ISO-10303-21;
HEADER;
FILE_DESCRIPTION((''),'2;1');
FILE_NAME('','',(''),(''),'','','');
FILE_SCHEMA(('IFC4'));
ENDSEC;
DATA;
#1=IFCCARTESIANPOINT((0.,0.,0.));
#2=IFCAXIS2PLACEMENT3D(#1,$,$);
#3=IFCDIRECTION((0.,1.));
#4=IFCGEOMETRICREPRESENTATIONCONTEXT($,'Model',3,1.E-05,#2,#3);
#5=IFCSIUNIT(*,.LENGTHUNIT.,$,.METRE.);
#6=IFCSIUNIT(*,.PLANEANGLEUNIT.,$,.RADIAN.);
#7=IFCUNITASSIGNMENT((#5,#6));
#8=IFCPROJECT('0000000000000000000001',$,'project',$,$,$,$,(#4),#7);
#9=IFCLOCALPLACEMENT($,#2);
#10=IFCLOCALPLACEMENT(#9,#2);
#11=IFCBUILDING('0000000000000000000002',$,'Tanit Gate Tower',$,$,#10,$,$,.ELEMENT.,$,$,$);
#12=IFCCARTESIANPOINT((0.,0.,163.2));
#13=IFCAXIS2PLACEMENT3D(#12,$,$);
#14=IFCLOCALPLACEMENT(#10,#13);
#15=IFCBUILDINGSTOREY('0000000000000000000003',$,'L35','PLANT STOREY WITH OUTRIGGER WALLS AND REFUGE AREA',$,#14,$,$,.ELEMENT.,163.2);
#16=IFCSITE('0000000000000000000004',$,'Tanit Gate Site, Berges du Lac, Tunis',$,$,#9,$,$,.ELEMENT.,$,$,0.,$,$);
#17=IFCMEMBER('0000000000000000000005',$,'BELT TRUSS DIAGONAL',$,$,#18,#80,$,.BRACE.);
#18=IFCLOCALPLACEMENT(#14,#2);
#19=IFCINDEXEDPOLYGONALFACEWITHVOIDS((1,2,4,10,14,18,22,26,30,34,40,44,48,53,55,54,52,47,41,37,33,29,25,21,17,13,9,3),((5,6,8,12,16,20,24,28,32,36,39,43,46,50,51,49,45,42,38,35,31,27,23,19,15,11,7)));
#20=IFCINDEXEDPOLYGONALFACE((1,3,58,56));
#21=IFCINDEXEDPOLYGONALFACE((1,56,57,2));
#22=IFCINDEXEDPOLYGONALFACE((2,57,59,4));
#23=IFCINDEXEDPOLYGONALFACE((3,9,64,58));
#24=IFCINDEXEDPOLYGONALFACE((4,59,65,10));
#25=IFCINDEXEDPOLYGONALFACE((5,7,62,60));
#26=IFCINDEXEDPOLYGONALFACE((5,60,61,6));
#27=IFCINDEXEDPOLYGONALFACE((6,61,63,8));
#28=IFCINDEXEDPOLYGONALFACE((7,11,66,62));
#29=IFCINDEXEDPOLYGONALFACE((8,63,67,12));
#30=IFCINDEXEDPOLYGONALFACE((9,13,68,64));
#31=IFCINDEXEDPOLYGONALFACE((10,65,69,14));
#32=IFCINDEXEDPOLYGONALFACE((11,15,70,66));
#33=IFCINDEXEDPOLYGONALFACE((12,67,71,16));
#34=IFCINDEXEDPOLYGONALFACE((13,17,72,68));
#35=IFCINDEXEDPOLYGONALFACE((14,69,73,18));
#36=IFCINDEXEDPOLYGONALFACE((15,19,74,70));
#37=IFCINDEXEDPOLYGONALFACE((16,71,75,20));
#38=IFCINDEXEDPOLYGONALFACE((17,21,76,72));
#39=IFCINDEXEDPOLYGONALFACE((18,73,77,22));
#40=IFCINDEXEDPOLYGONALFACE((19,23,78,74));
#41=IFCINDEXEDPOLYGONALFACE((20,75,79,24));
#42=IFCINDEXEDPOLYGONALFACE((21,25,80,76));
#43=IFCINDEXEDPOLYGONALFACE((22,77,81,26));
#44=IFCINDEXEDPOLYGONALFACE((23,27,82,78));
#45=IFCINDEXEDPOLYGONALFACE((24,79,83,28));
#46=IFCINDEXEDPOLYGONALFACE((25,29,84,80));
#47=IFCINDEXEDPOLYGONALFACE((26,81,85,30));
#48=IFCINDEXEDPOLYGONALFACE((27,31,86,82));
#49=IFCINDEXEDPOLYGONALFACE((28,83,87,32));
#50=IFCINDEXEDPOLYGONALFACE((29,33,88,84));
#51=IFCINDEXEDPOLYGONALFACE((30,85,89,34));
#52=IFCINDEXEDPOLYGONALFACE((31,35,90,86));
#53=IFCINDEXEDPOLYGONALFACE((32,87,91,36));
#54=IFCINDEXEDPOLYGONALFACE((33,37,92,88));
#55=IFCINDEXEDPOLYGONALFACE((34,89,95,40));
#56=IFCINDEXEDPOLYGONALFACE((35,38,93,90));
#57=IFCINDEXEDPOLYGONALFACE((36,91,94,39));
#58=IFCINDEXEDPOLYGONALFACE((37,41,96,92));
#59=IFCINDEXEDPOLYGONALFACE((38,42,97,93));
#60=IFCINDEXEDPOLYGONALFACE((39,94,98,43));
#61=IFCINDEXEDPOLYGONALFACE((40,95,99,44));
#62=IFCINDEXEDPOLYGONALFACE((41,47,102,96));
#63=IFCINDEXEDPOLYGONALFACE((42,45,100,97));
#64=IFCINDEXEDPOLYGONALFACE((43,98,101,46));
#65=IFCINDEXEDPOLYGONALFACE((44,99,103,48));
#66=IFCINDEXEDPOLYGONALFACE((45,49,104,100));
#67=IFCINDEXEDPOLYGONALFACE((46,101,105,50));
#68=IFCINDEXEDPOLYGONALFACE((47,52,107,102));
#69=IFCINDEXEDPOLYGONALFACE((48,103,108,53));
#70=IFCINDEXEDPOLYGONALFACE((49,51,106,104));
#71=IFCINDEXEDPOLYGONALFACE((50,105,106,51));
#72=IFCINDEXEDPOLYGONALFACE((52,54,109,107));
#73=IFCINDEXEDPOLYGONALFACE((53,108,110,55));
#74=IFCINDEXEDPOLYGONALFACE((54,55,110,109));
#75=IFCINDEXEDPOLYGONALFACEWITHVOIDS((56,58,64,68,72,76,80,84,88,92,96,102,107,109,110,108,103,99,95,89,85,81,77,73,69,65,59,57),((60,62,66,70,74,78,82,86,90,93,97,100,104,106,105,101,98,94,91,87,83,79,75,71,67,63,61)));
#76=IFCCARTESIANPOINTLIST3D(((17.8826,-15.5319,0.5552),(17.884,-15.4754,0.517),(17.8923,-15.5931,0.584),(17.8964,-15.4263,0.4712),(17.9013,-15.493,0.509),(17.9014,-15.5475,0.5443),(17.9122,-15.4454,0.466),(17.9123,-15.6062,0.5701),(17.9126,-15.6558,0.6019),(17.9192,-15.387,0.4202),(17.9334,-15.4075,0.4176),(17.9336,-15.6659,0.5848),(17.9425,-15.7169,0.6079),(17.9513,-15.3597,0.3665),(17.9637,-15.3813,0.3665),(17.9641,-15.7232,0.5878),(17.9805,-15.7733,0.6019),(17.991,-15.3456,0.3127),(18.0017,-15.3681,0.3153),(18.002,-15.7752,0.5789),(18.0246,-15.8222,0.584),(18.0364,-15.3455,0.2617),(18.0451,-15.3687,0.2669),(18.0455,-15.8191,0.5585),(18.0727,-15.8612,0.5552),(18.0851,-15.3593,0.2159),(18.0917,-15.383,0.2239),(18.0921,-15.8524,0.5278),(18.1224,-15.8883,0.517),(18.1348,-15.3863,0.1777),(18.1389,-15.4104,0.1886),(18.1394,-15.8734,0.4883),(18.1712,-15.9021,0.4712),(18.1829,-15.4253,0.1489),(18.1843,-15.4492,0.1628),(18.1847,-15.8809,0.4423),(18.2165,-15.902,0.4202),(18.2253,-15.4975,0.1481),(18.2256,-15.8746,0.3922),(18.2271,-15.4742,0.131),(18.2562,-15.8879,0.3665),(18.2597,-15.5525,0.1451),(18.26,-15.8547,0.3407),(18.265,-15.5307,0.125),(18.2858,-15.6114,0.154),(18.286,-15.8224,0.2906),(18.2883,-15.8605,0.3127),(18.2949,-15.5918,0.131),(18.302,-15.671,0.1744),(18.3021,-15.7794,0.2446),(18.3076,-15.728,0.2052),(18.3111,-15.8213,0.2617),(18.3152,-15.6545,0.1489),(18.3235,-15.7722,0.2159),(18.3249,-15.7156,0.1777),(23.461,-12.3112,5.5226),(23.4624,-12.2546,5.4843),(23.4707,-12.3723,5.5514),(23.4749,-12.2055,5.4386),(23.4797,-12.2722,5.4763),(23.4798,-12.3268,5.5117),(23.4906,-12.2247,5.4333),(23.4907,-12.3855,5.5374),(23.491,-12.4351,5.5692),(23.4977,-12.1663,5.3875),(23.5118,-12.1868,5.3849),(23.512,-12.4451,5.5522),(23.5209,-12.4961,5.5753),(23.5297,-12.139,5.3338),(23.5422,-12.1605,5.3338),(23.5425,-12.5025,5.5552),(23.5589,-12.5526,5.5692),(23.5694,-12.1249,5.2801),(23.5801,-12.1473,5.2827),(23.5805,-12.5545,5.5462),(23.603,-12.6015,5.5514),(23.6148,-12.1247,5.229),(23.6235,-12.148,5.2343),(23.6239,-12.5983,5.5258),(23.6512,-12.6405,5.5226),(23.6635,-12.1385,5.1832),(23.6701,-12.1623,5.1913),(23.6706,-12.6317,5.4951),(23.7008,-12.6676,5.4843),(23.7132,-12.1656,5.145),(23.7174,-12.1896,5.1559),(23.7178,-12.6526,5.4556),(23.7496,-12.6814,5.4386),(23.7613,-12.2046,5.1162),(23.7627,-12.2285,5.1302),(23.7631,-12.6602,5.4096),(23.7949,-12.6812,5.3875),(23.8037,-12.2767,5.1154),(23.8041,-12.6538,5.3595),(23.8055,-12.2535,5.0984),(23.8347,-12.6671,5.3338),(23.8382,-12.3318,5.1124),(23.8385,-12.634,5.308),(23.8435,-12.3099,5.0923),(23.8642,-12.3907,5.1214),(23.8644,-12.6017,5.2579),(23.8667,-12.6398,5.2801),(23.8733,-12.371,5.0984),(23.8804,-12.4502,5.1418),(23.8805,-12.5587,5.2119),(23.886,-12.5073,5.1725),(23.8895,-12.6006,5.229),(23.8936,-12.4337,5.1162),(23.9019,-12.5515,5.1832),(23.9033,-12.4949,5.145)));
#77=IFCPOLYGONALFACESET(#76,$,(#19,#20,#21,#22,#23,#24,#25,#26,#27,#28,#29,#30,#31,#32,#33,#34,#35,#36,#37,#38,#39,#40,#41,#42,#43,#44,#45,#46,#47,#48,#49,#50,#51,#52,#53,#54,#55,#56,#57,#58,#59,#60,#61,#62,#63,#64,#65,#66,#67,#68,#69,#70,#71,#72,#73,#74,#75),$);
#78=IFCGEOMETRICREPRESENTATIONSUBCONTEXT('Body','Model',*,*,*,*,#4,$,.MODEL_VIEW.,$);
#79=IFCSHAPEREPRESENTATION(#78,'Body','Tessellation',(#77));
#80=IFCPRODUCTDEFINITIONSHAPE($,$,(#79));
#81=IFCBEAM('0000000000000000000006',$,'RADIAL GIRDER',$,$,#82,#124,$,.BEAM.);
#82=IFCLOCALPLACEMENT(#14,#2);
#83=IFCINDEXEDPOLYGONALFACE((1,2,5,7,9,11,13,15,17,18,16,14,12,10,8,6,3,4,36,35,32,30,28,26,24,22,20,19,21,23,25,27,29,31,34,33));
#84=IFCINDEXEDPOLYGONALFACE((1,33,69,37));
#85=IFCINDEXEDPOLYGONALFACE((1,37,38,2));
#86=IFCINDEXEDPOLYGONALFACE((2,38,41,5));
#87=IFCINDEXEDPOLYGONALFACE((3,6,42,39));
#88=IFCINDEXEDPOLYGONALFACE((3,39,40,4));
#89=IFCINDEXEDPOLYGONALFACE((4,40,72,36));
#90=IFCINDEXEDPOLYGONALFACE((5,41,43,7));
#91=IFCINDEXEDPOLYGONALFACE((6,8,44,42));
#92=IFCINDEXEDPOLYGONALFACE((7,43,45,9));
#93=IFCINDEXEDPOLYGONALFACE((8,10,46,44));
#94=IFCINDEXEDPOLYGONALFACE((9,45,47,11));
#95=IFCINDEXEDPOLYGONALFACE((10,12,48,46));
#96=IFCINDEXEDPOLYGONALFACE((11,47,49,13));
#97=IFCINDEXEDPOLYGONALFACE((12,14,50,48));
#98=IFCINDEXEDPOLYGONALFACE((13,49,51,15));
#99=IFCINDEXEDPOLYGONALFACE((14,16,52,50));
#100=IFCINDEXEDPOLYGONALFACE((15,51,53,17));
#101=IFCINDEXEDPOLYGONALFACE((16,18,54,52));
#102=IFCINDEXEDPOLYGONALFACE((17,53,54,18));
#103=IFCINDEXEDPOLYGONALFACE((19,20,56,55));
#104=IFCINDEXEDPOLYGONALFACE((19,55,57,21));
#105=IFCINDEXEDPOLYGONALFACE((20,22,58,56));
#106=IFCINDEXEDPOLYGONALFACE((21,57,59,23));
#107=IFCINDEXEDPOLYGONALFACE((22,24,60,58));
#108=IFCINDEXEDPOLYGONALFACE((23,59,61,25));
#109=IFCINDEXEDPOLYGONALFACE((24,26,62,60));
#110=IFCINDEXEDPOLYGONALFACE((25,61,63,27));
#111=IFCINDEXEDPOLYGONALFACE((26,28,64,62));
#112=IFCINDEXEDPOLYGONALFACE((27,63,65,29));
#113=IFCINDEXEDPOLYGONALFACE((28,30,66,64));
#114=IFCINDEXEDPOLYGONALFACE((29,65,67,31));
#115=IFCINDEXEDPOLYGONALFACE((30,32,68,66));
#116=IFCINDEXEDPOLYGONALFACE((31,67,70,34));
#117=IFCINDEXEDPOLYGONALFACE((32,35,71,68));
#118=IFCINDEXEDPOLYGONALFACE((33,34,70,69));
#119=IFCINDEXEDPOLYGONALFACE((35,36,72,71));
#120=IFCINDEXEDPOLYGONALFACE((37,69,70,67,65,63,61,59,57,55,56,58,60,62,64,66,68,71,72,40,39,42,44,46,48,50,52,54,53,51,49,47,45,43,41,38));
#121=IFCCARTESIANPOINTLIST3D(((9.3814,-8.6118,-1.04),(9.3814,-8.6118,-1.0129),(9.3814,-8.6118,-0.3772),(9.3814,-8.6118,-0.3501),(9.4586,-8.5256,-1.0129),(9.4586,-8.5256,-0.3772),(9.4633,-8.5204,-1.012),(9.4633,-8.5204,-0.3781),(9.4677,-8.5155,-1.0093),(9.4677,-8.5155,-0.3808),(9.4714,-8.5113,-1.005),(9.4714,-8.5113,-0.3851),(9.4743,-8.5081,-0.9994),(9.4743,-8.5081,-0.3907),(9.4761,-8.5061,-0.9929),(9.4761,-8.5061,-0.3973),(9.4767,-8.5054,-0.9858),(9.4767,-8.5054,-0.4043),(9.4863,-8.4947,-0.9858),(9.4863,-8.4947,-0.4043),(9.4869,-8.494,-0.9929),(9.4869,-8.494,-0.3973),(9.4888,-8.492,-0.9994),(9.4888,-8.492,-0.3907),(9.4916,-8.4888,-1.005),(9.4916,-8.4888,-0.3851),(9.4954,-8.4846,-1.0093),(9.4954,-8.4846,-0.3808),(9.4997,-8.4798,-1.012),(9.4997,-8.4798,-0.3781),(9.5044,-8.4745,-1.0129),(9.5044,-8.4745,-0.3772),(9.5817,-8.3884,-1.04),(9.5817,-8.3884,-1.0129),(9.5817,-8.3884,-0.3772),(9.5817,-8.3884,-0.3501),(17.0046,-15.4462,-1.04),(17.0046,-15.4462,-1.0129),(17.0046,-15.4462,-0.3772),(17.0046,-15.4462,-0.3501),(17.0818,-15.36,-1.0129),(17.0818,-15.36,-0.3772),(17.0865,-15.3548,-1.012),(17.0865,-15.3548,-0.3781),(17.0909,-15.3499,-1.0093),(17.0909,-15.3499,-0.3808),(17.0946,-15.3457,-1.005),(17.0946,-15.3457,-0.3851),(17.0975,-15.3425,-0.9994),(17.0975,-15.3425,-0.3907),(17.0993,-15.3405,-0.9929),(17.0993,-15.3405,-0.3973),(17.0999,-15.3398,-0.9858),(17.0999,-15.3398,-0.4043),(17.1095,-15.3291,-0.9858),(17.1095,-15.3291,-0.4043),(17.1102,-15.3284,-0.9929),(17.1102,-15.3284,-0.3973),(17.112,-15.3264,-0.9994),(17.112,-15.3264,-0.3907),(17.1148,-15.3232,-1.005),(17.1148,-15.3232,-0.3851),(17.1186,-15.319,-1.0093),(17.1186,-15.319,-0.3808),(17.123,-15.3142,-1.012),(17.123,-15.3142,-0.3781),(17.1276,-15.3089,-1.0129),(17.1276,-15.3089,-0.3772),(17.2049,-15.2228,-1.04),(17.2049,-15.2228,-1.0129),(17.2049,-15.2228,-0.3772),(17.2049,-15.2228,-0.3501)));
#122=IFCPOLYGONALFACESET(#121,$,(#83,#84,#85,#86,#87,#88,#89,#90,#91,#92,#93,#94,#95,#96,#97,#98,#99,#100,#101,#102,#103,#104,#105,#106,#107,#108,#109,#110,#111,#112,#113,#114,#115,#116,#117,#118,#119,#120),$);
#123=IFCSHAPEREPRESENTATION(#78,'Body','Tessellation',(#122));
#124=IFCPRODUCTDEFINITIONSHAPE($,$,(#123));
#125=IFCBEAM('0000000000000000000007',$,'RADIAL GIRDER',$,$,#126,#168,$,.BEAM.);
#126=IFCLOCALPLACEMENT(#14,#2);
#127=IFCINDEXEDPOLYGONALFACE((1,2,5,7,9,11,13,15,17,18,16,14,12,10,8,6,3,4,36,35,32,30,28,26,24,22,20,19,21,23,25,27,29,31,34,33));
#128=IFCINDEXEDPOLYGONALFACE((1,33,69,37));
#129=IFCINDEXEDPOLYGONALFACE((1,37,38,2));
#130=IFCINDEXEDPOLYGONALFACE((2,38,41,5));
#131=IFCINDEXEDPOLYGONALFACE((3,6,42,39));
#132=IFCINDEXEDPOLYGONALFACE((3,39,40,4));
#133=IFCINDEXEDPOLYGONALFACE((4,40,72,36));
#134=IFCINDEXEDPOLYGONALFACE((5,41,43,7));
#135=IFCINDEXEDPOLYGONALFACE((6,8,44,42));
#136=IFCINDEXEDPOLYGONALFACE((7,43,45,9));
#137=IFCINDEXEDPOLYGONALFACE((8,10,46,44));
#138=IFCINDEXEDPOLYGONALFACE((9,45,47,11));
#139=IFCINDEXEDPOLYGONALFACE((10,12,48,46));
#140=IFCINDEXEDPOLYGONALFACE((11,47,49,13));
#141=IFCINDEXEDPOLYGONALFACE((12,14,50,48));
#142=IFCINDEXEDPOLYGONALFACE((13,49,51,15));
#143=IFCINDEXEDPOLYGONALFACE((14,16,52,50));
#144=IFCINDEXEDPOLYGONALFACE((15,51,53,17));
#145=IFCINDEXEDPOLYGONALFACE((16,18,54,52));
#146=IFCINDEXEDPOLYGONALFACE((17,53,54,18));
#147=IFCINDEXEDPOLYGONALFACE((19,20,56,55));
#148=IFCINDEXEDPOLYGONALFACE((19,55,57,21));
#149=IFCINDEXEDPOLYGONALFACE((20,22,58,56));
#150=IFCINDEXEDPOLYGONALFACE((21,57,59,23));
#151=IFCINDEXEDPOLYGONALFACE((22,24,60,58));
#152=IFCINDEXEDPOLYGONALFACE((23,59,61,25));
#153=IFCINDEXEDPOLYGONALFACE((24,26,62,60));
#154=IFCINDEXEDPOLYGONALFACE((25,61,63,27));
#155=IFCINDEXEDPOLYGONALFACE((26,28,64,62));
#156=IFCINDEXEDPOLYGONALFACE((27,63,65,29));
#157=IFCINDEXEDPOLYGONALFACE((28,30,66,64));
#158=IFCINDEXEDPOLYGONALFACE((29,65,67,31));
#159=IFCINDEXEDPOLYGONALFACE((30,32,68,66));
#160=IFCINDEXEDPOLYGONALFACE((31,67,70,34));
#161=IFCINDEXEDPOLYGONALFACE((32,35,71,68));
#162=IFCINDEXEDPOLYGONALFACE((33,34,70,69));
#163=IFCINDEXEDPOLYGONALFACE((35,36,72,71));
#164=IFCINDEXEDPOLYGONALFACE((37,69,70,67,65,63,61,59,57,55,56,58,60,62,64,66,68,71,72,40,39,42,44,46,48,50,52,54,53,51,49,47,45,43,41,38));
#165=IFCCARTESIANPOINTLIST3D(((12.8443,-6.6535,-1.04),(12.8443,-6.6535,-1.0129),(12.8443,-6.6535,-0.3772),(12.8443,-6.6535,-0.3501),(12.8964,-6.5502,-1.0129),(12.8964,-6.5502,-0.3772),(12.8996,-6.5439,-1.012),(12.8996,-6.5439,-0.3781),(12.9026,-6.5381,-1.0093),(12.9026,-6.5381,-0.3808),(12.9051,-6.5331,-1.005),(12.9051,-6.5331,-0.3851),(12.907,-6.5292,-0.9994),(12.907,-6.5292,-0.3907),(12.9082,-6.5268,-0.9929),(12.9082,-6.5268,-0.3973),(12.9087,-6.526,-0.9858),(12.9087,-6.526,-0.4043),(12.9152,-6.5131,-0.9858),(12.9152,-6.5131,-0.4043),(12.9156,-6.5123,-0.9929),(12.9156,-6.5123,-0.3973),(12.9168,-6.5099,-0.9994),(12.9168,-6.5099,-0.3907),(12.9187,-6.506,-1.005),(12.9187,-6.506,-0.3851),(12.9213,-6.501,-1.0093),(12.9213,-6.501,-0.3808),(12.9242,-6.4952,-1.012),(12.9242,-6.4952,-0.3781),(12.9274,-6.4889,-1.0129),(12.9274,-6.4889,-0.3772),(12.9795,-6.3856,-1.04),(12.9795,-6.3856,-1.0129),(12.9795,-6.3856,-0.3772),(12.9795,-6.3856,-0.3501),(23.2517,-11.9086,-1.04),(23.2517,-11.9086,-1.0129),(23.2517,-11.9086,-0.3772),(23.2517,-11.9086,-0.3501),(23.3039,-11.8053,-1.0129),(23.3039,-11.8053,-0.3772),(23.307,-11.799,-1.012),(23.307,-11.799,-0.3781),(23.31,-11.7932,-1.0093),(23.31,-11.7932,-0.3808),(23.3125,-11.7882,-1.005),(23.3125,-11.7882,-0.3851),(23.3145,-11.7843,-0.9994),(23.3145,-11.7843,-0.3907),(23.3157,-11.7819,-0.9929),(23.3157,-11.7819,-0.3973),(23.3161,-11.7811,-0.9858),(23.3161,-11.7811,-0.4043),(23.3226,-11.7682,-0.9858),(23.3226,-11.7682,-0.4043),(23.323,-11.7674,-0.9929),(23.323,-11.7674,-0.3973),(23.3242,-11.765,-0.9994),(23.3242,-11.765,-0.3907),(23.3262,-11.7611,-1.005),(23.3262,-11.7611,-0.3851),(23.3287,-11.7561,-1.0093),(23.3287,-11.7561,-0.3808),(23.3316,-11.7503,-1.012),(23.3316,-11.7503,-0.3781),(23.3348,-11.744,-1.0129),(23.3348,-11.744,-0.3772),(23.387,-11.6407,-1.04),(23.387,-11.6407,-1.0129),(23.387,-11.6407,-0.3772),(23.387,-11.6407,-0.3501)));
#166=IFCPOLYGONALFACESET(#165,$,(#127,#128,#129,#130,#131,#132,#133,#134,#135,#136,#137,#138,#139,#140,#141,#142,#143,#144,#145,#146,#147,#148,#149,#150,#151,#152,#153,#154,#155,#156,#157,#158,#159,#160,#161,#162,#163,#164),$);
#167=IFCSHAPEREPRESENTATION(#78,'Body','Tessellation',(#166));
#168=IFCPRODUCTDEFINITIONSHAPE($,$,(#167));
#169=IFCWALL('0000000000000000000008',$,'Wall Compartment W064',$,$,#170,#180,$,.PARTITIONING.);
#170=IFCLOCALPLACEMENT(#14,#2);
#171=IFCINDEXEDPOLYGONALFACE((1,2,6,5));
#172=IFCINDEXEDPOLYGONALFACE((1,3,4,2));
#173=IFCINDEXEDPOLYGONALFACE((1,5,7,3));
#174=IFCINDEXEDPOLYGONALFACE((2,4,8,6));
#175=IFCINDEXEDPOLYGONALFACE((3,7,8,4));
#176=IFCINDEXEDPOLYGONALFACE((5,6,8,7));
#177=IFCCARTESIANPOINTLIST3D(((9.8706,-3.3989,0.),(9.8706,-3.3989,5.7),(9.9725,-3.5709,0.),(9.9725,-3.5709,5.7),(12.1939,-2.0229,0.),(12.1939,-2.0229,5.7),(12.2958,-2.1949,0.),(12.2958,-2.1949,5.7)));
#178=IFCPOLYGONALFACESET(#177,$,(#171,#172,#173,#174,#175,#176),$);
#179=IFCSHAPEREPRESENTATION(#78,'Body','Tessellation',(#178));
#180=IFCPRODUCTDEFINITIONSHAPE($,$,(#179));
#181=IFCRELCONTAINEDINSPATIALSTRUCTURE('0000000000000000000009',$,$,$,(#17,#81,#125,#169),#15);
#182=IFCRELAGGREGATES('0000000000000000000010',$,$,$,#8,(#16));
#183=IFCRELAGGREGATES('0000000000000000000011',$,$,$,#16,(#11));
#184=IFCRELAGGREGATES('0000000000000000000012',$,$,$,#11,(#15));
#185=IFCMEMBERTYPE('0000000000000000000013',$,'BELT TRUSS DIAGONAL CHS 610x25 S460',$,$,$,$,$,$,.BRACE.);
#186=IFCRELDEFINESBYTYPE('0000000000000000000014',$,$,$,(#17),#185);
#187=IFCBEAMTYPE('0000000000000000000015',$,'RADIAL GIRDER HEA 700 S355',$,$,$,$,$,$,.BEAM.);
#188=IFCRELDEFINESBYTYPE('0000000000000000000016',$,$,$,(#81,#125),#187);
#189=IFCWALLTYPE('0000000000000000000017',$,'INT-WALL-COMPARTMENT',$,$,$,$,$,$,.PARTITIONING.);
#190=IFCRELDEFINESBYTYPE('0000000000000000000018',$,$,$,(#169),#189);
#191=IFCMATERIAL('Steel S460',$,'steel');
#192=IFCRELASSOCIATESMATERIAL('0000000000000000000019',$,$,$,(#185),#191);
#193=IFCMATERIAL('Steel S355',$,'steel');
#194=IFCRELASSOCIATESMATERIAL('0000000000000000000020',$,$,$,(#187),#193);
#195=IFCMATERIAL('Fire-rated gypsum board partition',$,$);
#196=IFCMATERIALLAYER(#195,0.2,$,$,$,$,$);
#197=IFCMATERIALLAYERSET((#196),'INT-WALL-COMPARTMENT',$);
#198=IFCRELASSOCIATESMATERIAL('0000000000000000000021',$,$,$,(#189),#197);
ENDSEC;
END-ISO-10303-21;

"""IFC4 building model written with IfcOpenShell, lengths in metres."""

from ifc_helpers import new_model, si_unit, direction, frame, frame_2d, origin, origin_2d, place, context, subcontext, project, spatial, rectangle, hollow_circle, i_section, extrude, material, layer, layer_set, material_profile, profile_set, type_object, element, save


model = new_model("IFC4")

# Units and contexts
model_context = context("Model", 3, precision=1e-05, world=origin(), true_north=direction((0.0, 1.0)))
body_context = subcontext(model_context, "Body", "Model", "MODEL_VIEW")
ifc_project = project(units=[si_unit("LENGTHUNIT", "METRE"), si_unit("PLANEANGLEUNIT", "RADIAN")], contexts=[model_context])

# Site, building, storey
site_placement = place(None, origin())
site = spatial("IfcSite", under=ifc_project, at=site_placement, Name="Tanit Gate Site, Berges du Lac, Tunis", CompositionType="ELEMENT", RefElevation=0.0)
building_placement = place(site_placement, origin())
building = spatial("IfcBuilding", under=site, at=building_placement, Name="Tanit Gate Tower", CompositionType="ELEMENT")
storey_placement = place(building_placement, frame((0.0, 0.0, 163.2)))
storey = spatial("IfcBuildingStorey", under=building, at=storey_placement, Name="L35", Description="PLANT STOREY WITH OUTRIGGER WALLS AND REFUGE AREA", CompositionType="ELEMENT", Elevation=163.2)

# Member
ifc_material_1 = material(Name="Steel S460", Category="steel")
ifc_material_profile_1 = material_profile(ifc_material_1, hollow_circle(Radius=0.3049, WallThickness=0.0249, at=origin_2d()), Name="CHS 610x25")
ifc_profile_set_1 = profile_set([ifc_material_profile_1], Name="Steel S460")
member_type = type_object("IfcMemberType", Name="BELT TRUSS DIAGONAL CHS 610x25 S460", PredefinedType="BRACE", material=ifc_profile_set_1)
for number, where, z_axis, x_axis, name in (
    (1, (18.1038, -15.6238, 0.3665), (0.685793, 0.395946, 0.610667), (-0.500004, 0.866023, 0.0), "BELT TRUSS DIAGONAL"),
):
    element("IfcMember", number, at=place(storey_placement, frame(where, z_axis=z_axis, x_axis=x_axis)), inside=storey, type_object=member_type, Name=name, PredefinedType="BRACE", context=body_context, shape_type="SweptSolid", body=[
        extrude(hollow_circle(Radius=0.3049, WallThickness=0.0249, at=origin_2d()), origin(), (0.0, 0.0, 1.0), 8.1343),
    ])

# Beams
ifc_material_2 = material(Name="Steel S355", Category="steel")
ifc_material_profile_2 = material_profile(ifc_material_2, i_section(OverallWidth=0.3, OverallDepth=0.6899, WebThickness=0.0144, FlangeThickness=0.0271, FilletRadius=0.0271, at=origin_2d()), Name="HEA 700")
ifc_profile_set_2 = profile_set([ifc_material_profile_2], Name="Steel S355")
beam_type_1 = type_object("IfcBeamType", Name="RADIAL GIRDER HEA 700 S355", PredefinedType="BEAM", material=ifc_profile_set_2)
beam_1_placement = place(storey_placement, frame((17.1047, -15.3345, -0.6951), z_axis=(-0.744579, 0.667534, 0.0), x_axis=(-0.667534, -0.744579, 0.0)))
element("IfcBeam", 2, at=beam_1_placement, inside=storey, type_object=beam_type_1, Name="RADIAL GIRDER", PredefinedType="BEAM", context=body_context, shape_type="SweptSolid", body=[
    extrude(i_section(OverallWidth=0.3, OverallDepth=0.6899, WebThickness=0.0144, FlangeThickness=0.0271, FilletRadius=0.0271, at=origin_2d()), origin(), (0.0, 0.0, 1.0), 10.2383),
])
beam_2_placement = place(storey_placement, frame((23.3193, -11.7747, -0.6951), z_axis=(-0.892657, 0.450736, 0.0), x_axis=(-0.450736, -0.892657, 0.0)))
element("IfcBeam", 3, at=beam_2_placement, inside=storey, type_object=beam_type_1, Name="RADIAL GIRDER", PredefinedType="BEAM", context=body_context, shape_type="SweptSolid", body=[
    extrude(i_section(OverallWidth=0.3, OverallDepth=0.6899, WebThickness=0.0144, FlangeThickness=0.0271, FilletRadius=0.0271, at=origin_2d()), origin(), (0.0, 0.0, 1.0), 11.6589),
])

# Wall
ifc_material_3 = material(Name="Fire-rated gypsum board partition")
ifc_layer_1 = layer(ifc_material_3, 0.2)
ifc_layer_set_1 = layer_set([ifc_layer_1], Name="INT-WALL-COMPARTMENT")
wall_type_1 = type_object("IfcWallType", Name="INT-WALL-COMPARTMENT", PredefinedType="PARTITIONING", material=ifc_layer_set_1)
wall_1_placement = place(storey_placement, frame((12.2449, -2.1089, 0.0), z_axis=(0.0, 0.0, 1.0), x_axis=(-0.860415, -0.509594, 0.0)))
element("IfcWall", 4, at=wall_1_placement, inside=storey, type_object=wall_type_1, Name="Wall Compartment W064", PredefinedType="PARTITIONING", context=body_context, shape_type="SweptSolid", body=[
    extrude(rectangle(XDim=2.7002, YDim=0.2, at=frame_2d((1.3501, 0.0))), origin(), (0.0, 0.0, 1.0), 5.7),
])

save(model, "model.ifc")
